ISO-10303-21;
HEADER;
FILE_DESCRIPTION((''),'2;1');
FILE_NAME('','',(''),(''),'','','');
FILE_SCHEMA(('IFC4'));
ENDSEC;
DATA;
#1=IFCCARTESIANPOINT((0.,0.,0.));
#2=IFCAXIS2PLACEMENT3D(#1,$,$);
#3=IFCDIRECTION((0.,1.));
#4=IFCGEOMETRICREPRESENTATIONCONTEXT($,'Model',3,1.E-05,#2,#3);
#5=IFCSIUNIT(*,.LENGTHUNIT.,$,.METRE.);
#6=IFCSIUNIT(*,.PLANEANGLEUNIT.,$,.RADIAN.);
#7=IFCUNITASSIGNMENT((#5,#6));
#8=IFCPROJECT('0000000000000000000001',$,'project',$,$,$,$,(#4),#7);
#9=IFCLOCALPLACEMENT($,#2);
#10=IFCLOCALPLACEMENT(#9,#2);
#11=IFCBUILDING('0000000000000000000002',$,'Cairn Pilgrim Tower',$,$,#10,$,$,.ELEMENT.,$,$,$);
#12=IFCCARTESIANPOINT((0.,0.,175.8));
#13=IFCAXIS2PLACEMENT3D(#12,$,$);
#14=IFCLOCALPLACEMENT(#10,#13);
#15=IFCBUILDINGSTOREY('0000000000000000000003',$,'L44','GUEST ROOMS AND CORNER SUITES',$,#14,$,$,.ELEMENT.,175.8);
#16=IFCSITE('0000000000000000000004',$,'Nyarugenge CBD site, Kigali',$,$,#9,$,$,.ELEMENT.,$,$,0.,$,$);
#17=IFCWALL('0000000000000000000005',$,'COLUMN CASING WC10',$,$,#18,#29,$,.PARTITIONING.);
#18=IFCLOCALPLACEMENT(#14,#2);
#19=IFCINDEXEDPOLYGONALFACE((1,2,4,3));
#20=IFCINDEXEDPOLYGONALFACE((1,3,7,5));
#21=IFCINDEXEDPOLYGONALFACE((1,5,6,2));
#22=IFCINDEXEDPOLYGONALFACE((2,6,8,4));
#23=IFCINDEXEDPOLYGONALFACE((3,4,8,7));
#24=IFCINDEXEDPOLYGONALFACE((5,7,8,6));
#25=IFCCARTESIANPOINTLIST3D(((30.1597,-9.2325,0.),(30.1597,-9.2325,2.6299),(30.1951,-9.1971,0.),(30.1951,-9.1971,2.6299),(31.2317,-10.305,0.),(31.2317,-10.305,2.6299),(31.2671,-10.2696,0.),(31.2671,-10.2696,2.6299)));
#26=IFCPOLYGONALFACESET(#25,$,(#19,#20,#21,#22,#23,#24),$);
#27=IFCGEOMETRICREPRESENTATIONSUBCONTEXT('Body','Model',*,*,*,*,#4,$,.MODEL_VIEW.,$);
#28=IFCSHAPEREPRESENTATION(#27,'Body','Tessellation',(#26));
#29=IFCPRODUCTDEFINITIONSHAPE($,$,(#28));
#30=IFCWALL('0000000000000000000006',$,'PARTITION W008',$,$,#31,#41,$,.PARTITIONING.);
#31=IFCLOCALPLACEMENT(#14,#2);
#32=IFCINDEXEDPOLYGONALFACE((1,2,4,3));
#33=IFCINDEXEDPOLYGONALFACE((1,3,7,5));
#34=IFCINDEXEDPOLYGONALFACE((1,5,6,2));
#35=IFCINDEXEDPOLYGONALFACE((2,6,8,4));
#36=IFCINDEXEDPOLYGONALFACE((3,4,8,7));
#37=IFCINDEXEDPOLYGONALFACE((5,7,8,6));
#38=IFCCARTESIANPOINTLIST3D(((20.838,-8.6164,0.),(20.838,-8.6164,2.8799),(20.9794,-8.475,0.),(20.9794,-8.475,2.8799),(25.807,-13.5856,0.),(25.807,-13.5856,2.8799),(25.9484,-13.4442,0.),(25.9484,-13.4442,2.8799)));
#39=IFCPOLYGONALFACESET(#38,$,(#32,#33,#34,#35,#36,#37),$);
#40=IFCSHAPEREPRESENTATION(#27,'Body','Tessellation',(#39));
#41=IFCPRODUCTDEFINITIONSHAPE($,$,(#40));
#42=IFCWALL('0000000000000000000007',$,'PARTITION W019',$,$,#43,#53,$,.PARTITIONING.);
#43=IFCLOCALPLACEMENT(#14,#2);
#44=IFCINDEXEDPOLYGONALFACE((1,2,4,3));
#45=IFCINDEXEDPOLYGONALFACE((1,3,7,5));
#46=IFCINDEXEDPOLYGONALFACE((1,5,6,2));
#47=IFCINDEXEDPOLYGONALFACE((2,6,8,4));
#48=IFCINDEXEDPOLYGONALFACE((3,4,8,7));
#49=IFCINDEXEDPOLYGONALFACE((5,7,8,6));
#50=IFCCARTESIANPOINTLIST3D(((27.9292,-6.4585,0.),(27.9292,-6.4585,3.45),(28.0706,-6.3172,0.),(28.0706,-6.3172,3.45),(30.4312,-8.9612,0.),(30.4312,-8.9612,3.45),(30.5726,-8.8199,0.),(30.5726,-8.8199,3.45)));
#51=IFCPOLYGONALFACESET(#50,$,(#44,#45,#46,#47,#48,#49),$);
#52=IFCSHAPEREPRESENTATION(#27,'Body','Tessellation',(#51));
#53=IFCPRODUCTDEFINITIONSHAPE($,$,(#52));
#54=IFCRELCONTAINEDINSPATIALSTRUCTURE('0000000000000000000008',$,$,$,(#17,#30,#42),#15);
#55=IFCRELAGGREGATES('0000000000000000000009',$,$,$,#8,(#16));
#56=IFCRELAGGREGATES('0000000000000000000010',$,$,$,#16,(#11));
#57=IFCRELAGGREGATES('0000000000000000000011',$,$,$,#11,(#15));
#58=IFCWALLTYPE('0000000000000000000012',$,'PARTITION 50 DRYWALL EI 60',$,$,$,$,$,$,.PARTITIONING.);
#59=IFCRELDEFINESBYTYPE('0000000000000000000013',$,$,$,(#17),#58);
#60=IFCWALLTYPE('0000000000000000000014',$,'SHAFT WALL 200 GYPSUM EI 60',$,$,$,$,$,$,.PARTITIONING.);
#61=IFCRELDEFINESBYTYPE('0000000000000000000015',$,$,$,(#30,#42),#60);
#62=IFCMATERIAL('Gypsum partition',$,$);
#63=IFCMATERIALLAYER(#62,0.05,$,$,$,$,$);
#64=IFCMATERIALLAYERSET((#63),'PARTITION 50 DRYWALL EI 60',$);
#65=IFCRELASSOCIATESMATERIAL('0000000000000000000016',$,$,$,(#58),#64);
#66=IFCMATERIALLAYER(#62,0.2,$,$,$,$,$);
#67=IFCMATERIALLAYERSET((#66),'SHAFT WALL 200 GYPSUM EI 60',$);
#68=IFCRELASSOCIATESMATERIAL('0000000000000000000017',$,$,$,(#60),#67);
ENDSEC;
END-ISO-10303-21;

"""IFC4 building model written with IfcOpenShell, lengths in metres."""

from ifc_helpers import new_model, si_unit, direction, frame, frame_2d, origin, place, context, subcontext, project, spatial, rectangle, extrude, material, layer, layer_set, type_object, element, save


model = new_model("IFC4")

# Units and contexts
model_context = context("Model", 3, precision=1e-05, world=origin(), true_north=direction((0.0, 1.0)))
body_context = subcontext(model_context, "Body", "Model", "MODEL_VIEW")
ifc_project = project(units=[si_unit("LENGTHUNIT", "METRE"), si_unit("PLANEANGLEUNIT", "RADIAN")], contexts=[model_context])

# Site, building, storey
site_placement = place(None, origin())
site = spatial("IfcSite", under=ifc_project, at=site_placement, Name="Nyarugenge CBD site, Kigali", CompositionType="ELEMENT", RefElevation=0.0)
building_placement = place(site_placement, origin())
building = spatial("IfcBuilding", under=site, at=building_placement, Name="Cairn Pilgrim Tower", CompositionType="ELEMENT")
storey_placement = place(building_placement, frame((0.0, 0.0, 175.8)))
storey = spatial("IfcBuildingStorey", under=building, at=storey_placement, Name="L44", Description="GUEST ROOMS AND CORNER SUITES", CompositionType="ELEMENT", Elevation=175.8)

# Walls
ifc_material_1 = material(Name="Gypsum partition")
ifc_layer_1 = layer(ifc_material_1, 0.05)
ifc_layer_set_1 = layer_set([ifc_layer_1], Name="PARTITION 50 DRYWALL EI 60")
wall_type_1 = type_object("IfcWallType", Name="PARTITION 50 DRYWALL EI 60", PredefinedType="PARTITIONING", material=ifc_layer_set_1)
wall_1_placement = place(storey_placement, frame((31.2495, -10.2874, 0.0), z_axis=(0.0, 0.0, 1.0), x_axis=(-0.706946, 0.707268, 0.0)))
element("IfcWall", 1, at=wall_1_placement, inside=storey, type_object=wall_type_1, Name="COLUMN CASING WC10", PredefinedType="PARTITIONING", context=body_context, shape_type="SweptSolid", body=[
    extrude(rectangle(XDim=1.5164, YDim=0.05, at=frame_2d((0.7583, 0.0))), origin(), (0.0, 0.0, 1.0), 2.6299),
])
ifc_layer_2 = layer(ifc_material_1, 0.2)
ifc_layer_set_2 = layer_set([ifc_layer_2], Name="SHAFT WALL 200 GYPSUM EI 60")
wall_type_2 = type_object("IfcWallType", Name="SHAFT WALL 200 GYPSUM EI 60", PredefinedType="PARTITIONING", material=ifc_layer_set_2)
wall_2_placement = place(storey_placement, frame((25.8777, -13.5149, 0.0), z_axis=(0.0, 0.0, 1.0), x_axis=(-0.707089, 0.707124, 0.0)))
element("IfcWall", 2, at=wall_2_placement, inside=storey, type_object=wall_type_2, Name="PARTITION W008", PredefinedType="PARTITIONING", context=body_context, shape_type="SweptSolid", body=[
    extrude(rectangle(XDim=7.0273, YDim=0.2, at=frame_2d((3.5137, 0.0))), origin(), (0.0, 0.0, 1.0), 2.8799),
])
wall_3_placement = place(storey_placement, frame((30.502, -8.8906, 0.0), z_axis=(0.0, 0.0, 1.0), x_axis=(-0.707003, 0.70721, 0.0)))
element("IfcWall", 3, at=wall_3_placement, inside=storey, type_object=wall_type_2, Name="PARTITION W019", PredefinedType="PARTITIONING", context=body_context, shape_type="SweptSolid", body=[
    extrude(rectangle(XDim=3.5388, YDim=0.2, at=frame_2d((1.7695, 0.0))), origin(), (0.0, 0.0, 1.0), 3.45),
])

save(model, "model.ifc")
